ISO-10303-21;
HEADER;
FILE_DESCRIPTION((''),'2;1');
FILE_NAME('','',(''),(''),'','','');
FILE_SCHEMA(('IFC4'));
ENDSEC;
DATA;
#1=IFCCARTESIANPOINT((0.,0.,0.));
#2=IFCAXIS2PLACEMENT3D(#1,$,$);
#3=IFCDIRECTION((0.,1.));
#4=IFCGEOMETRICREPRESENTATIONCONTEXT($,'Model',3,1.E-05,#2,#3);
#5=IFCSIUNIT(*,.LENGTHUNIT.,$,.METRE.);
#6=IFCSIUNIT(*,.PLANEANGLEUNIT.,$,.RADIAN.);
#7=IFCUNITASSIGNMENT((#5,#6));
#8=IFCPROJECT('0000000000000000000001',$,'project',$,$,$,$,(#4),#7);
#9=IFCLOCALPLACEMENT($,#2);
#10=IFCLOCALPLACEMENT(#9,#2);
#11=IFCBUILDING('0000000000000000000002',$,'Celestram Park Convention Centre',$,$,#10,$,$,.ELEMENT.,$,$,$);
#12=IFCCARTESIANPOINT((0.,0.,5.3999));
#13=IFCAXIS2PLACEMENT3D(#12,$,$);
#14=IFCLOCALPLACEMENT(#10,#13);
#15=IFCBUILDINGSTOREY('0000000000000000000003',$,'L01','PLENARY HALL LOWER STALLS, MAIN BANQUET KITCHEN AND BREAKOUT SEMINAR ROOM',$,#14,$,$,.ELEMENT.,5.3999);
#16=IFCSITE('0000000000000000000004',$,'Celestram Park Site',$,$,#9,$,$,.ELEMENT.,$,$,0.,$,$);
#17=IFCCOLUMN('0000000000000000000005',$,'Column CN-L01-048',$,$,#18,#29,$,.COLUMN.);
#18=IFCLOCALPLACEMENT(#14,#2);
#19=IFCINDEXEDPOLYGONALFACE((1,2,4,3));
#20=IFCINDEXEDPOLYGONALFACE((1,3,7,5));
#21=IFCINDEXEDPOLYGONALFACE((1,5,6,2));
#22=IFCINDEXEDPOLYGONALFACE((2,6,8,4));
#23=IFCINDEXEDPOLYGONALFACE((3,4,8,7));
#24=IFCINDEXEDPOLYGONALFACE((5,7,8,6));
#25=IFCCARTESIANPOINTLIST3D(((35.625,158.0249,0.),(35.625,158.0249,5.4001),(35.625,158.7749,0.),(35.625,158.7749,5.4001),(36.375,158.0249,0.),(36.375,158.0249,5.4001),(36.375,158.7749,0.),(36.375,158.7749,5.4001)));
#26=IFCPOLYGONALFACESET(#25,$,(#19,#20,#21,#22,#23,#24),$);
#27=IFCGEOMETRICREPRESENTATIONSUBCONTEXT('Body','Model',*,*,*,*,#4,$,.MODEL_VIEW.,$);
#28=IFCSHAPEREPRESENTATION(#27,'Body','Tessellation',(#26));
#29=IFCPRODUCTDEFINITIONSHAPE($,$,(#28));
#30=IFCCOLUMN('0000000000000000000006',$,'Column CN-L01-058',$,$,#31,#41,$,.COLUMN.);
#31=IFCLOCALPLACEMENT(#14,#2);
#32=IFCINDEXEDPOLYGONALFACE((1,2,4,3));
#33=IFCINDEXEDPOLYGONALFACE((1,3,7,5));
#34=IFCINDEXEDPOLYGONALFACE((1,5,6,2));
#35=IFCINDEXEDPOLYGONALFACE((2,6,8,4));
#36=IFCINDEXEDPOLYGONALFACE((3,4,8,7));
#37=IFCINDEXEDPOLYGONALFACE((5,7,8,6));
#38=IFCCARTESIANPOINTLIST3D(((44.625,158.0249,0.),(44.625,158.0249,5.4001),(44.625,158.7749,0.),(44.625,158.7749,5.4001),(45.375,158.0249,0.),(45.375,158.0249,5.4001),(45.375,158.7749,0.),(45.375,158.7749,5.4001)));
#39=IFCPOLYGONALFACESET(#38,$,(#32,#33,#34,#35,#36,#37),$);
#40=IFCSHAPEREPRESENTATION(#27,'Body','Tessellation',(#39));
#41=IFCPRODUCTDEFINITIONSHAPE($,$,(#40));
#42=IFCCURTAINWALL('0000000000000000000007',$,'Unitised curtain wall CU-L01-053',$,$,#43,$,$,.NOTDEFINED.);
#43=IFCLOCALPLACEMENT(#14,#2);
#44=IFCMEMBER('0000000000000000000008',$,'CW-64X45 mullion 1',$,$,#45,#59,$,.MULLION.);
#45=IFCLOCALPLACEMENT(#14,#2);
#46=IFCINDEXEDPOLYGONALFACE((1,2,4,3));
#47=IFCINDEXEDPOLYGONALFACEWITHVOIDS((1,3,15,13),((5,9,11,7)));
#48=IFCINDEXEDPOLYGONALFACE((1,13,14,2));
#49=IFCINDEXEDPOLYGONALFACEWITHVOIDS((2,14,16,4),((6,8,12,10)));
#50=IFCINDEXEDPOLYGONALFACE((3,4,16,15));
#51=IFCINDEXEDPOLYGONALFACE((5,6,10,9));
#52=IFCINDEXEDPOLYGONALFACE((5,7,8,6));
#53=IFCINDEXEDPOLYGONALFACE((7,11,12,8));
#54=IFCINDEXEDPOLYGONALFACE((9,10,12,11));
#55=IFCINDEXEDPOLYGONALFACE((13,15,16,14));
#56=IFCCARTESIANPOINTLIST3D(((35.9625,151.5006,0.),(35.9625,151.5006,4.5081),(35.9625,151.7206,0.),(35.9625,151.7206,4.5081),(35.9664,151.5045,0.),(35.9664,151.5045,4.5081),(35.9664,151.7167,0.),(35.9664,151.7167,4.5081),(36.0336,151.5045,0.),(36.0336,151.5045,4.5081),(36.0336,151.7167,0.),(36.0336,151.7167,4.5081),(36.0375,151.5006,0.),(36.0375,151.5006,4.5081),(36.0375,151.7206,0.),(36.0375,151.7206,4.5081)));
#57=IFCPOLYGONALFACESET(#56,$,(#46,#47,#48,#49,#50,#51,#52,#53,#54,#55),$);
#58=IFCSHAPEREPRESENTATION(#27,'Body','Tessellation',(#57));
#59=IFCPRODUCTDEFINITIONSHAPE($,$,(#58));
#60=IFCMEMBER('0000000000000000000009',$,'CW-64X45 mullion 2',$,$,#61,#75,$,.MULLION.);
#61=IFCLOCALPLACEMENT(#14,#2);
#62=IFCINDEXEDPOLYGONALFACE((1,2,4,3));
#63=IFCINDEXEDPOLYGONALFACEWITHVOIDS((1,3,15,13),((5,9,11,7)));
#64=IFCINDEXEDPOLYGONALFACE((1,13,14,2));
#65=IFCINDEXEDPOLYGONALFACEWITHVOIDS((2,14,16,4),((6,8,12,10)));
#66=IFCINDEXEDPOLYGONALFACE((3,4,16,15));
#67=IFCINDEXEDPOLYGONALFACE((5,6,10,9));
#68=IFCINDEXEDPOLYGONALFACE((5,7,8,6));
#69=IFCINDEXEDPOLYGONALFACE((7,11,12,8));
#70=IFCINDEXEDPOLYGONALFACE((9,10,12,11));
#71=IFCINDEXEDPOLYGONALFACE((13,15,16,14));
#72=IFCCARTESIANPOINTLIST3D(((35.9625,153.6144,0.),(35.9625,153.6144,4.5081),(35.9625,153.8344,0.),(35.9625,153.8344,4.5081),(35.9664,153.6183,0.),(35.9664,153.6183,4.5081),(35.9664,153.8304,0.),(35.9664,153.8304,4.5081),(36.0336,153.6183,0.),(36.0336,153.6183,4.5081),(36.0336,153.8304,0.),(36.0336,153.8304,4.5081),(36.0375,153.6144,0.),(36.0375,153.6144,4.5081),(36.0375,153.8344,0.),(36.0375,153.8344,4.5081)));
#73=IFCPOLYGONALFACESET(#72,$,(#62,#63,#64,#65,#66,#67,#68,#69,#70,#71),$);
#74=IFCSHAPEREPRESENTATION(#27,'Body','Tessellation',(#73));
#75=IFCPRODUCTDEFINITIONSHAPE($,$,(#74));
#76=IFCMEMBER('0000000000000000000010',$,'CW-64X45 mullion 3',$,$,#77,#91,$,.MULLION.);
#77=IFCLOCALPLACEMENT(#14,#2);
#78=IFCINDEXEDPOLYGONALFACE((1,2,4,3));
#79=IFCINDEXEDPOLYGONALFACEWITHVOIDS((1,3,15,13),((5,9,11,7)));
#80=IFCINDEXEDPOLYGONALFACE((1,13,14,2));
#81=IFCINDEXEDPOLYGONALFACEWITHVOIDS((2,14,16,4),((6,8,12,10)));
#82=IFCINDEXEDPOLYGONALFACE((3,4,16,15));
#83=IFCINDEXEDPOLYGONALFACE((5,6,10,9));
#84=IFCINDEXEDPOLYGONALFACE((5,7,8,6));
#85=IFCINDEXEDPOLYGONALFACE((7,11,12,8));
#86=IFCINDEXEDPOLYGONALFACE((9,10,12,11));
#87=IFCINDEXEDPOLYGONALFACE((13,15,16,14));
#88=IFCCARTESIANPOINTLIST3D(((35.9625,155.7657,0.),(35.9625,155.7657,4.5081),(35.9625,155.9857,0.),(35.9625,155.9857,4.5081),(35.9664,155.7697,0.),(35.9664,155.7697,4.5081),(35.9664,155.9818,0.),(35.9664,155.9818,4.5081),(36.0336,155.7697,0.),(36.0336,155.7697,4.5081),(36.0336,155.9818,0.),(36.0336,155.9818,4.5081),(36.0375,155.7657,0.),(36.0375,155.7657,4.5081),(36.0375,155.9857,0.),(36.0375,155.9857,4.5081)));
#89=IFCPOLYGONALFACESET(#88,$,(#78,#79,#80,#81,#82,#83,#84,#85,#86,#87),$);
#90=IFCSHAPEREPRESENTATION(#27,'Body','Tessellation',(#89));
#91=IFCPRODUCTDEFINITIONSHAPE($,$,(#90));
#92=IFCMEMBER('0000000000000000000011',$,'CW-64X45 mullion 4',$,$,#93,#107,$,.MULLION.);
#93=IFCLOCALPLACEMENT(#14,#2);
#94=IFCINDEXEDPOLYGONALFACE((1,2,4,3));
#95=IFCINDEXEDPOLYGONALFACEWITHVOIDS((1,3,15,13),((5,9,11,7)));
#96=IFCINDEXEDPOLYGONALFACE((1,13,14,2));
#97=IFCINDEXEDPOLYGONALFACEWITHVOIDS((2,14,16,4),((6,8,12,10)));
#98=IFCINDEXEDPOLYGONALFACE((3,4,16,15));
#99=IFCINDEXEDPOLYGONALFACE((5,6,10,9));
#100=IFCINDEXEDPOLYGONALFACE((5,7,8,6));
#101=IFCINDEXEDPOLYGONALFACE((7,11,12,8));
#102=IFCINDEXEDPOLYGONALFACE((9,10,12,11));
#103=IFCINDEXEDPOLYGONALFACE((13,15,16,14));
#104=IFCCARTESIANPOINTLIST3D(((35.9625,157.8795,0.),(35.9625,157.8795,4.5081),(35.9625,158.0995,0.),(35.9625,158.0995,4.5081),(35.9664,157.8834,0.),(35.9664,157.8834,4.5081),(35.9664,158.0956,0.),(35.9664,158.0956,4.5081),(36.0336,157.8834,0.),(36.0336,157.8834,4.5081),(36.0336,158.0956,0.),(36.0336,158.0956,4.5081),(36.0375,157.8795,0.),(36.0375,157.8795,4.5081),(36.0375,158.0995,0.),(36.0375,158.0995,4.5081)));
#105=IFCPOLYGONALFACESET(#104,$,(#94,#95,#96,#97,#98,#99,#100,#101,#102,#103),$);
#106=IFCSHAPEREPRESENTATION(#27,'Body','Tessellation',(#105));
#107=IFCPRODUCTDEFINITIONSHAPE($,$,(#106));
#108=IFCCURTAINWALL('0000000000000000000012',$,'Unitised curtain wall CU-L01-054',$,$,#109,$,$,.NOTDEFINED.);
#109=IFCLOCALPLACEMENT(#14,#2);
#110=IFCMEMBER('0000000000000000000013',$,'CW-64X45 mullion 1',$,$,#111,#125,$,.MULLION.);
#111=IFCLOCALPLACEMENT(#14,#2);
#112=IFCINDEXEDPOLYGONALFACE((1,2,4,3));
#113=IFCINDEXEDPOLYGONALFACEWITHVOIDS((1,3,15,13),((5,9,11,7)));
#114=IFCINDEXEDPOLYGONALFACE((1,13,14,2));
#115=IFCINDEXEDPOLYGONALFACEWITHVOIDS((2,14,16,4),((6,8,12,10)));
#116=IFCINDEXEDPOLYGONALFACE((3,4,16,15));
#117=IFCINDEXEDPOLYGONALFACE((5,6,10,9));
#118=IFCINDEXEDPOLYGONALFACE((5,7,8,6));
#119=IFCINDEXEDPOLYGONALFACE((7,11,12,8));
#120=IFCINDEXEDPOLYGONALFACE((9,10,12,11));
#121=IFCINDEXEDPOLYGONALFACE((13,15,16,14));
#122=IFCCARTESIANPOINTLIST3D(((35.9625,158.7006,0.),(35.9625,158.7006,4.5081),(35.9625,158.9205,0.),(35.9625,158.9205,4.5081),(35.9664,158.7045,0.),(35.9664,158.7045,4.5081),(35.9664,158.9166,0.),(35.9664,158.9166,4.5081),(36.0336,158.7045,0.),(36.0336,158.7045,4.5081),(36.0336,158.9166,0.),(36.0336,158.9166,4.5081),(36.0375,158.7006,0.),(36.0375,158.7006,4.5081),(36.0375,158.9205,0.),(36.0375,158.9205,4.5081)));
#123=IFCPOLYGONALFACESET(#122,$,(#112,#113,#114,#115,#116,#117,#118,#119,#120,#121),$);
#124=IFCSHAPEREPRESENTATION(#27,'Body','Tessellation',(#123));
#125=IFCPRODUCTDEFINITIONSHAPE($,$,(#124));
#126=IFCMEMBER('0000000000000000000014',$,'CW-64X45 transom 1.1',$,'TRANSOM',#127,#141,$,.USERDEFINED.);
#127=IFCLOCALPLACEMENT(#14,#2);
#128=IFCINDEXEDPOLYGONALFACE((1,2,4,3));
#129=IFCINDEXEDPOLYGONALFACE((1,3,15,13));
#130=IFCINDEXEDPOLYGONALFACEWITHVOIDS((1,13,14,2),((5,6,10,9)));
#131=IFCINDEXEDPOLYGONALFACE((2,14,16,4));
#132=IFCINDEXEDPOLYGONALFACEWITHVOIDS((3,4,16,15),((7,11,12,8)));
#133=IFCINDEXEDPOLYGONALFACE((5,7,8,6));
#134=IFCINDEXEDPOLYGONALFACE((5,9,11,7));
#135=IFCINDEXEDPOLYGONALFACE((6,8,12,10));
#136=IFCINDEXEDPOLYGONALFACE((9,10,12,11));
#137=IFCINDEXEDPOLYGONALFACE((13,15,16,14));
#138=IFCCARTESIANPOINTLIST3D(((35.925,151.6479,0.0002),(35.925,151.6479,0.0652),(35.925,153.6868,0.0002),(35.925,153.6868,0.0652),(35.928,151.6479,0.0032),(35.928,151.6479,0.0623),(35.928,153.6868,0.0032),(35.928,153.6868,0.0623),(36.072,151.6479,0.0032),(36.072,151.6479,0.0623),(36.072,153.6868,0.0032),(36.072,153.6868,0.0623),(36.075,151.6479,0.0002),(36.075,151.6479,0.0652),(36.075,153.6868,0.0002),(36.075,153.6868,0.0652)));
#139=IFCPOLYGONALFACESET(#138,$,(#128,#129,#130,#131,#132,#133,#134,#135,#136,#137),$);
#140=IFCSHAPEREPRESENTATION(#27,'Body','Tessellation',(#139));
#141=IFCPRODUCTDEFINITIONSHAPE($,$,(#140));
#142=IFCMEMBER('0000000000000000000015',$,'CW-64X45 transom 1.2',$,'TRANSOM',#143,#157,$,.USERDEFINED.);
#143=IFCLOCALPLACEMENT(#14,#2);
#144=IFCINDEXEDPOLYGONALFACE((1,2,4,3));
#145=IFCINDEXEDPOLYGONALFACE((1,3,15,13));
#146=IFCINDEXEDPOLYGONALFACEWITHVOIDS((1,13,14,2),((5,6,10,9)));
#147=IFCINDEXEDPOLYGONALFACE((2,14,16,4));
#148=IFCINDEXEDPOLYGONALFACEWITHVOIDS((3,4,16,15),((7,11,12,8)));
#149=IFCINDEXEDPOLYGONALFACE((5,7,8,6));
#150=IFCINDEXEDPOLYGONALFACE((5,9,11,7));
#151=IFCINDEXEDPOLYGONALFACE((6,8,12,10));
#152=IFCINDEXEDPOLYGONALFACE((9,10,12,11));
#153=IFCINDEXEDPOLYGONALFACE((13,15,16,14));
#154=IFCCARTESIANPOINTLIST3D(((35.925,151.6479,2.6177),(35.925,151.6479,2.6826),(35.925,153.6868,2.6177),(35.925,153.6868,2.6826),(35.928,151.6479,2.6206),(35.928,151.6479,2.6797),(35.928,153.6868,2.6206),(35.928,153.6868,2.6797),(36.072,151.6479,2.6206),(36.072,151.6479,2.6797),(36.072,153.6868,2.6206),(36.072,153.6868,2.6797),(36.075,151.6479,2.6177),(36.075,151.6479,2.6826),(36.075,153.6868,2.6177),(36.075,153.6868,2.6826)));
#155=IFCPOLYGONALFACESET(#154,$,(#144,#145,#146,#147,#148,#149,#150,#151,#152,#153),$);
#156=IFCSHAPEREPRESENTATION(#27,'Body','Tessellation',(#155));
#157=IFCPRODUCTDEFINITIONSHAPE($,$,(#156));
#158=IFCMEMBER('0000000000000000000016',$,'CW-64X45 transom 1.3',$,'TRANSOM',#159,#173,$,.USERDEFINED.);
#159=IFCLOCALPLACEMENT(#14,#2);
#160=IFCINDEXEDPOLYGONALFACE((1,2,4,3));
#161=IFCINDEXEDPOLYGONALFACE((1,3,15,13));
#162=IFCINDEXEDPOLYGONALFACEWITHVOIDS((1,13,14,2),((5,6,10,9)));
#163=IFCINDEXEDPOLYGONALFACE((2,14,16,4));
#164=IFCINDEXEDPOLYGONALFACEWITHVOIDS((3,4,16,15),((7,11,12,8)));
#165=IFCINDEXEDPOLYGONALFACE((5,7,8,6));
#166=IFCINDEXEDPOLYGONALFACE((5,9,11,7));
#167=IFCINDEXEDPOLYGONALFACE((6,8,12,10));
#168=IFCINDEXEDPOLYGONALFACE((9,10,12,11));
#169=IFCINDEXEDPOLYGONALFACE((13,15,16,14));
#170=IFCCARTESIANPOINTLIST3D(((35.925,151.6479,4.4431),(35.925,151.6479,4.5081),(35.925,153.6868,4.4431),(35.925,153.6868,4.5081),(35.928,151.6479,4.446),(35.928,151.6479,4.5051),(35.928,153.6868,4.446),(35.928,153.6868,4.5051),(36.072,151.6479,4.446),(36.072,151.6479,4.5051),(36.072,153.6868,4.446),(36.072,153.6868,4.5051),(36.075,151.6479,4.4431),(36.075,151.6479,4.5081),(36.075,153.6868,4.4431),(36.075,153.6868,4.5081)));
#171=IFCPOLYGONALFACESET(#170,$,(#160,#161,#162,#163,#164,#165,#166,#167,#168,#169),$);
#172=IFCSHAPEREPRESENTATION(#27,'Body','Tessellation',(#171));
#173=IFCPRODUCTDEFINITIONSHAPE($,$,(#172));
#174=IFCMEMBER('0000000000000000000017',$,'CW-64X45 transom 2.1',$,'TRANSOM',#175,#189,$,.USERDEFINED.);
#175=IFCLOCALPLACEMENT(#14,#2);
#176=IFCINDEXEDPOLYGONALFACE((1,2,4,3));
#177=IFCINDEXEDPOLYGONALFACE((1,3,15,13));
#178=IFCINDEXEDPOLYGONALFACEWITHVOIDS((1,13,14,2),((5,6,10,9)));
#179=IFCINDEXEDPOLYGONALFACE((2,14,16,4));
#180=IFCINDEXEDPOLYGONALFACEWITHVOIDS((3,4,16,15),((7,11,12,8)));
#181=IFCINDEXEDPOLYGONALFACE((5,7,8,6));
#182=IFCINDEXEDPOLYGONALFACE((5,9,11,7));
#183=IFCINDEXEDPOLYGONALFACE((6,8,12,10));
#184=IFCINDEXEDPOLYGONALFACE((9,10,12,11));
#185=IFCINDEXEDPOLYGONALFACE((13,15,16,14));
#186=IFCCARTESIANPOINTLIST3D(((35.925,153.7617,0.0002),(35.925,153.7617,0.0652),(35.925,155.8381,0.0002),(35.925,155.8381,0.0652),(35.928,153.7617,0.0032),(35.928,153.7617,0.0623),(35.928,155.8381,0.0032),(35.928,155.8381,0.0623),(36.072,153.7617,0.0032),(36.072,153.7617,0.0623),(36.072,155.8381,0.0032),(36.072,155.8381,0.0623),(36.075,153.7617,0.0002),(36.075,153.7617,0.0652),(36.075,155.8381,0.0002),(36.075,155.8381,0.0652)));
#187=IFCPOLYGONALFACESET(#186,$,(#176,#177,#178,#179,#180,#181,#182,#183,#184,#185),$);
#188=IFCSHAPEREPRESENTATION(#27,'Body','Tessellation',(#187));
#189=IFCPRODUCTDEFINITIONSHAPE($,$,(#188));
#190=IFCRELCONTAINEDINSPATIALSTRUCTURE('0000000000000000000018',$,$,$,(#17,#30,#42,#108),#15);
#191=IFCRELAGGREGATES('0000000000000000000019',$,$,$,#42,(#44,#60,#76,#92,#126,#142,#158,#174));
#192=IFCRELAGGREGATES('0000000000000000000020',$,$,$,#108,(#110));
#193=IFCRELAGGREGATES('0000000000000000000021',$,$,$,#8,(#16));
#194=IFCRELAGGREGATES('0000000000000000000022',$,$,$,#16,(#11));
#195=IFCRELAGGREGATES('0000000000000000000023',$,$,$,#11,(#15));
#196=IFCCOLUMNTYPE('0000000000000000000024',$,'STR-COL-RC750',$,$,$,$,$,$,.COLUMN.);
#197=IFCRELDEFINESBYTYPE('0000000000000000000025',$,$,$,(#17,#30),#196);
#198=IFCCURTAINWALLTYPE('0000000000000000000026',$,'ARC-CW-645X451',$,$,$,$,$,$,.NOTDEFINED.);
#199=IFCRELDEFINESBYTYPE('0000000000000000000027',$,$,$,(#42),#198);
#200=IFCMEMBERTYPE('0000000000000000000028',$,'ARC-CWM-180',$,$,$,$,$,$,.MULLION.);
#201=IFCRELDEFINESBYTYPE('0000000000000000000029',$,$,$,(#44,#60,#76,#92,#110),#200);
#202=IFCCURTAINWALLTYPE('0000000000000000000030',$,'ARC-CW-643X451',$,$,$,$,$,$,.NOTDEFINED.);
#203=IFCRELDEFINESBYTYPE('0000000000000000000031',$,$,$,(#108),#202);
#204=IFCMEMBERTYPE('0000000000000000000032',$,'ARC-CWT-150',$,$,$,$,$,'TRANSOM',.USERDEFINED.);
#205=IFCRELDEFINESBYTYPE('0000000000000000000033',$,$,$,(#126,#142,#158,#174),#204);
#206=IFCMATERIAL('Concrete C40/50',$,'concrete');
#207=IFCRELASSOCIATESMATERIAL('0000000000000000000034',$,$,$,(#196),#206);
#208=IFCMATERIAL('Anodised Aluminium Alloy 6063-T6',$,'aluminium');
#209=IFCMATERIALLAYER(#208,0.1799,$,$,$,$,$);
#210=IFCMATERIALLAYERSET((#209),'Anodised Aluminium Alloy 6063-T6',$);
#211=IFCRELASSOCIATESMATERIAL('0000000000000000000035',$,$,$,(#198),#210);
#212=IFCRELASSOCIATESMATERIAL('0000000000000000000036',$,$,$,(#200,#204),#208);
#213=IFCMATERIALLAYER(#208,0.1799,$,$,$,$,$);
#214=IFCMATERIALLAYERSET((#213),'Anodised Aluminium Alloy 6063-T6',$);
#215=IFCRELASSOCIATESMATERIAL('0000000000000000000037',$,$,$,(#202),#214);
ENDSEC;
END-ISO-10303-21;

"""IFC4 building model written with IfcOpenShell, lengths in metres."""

from ifc_helpers import new_model, si_unit, direction, frame, origin, origin_2d, place, context, subcontext, project, spatial, rectangle, hollow_rectangle, extrude, material, layer, layer_set, material_profile, profile_set, type_object, element, aggregate, save


model = new_model("IFC4")

# Units and contexts
model_context = context("Model", 3, precision=1e-05, world=origin(), true_north=direction((0.0, 1.0)))
body_context = subcontext(model_context, "Body", "Model", "MODEL_VIEW")
ifc_project = project(units=[si_unit("LENGTHUNIT", "METRE"), si_unit("PLANEANGLEUNIT", "RADIAN")], contexts=[model_context])

# Site, building, storey
site_placement = place(None, origin())
site = spatial("IfcSite", under=ifc_project, at=site_placement, Name="Celestram Park Site", CompositionType="ELEMENT", RefElevation=0.0)
building_placement = place(site_placement, origin())
building = spatial("IfcBuilding", under=site, at=building_placement, Name="Celestram Park Convention Centre", CompositionType="ELEMENT")
storey_placement = place(building_placement, frame((0.0, 0.0, 5.3999)))
storey = spatial("IfcBuildingStorey", under=building, at=storey_placement, Name="L01", Description="PLENARY HALL LOWER STALLS, MAIN BANQUET KITCHEN AND BREAKOUT SEMINAR ROOM", CompositionType="ELEMENT", Elevation=5.3999)

# Columns
ifc_material_1 = material(Name="Concrete C40/50", Category="concrete")
ifc_material_profile_1 = material_profile(ifc_material_1, rectangle(XDim=0.75, YDim=0.75, at=origin_2d()), Name="RC750X750")
ifc_profile_set_1 = profile_set([ifc_material_profile_1], Name="Concrete C40/50")
column_type = type_object("IfcColumnType", Name="STR-COL-RC750", PredefinedType="COLUMN", material=ifc_profile_set_1)
for number, where, z_axis, x_axis, name in (
    (1, (36.0, 158.3999, 0.0), (0.0, 0.0, 1.0), (1.0, 0.0, 0.0), "Column CN-L01-048"),
    (2, (45.0, 158.3999, 0.0), (0.0, 0.0, 1.0), (1.0, 0.0, 0.0), "Column CN-L01-058"),
):
    element("IfcColumn", number, at=place(storey_placement, frame(where, z_axis=z_axis, x_axis=x_axis)), inside=storey, type_object=column_type, Name=name, PredefinedType="COLUMN", context=body_context, shape_type="SweptSolid", body=[
        extrude(rectangle(XDim=0.75, YDim=0.75, at=origin_2d()), origin(), (0.0, 0.0, 1.0), 5.4001),
    ])

# Curtain wall, members
ifc_material_2 = material(Name="Anodised Aluminium Alloy 6063-T6", Category="aluminium")
ifc_layer_1 = layer(ifc_material_2, 0.1799)
ifc_layer_set_1 = layer_set([ifc_layer_1], Name="Anodised Aluminium Alloy 6063-T6")
curtain_wall_type_1 = type_object("IfcCurtainWallType", Name="ARC-CW-645X451", PredefinedType="NOTDEFINED", material=ifc_layer_set_1)
curtain_wall_1_placement = place(storey_placement, origin())
curtain_wall_1 = element("IfcCurtainWall", 3, at=curtain_wall_1_placement, inside=storey, type_object=curtain_wall_type_1, Name="Unitised curtain wall CU-L01-053", PredefinedType="NOTDEFINED")
ifc_material_profile_2 = material_profile(ifc_material_2, hollow_rectangle(XDim=0.075, YDim=0.22, WallThickness=0.0039, at=origin_2d()), Name="ALU75X220X4")
ifc_profile_set_2 = profile_set([ifc_material_profile_2], Name="Anodised Aluminium Alloy 6063-T6")
member_type_1 = type_object("IfcMemberType", Name="ARC-CWM-180", PredefinedType="MULLION", material=ifc_profile_set_2)
member_1_placement = place(storey_placement, frame((36.0, 151.6106, 0.0), z_axis=(0.0, 0.0, 1.0), x_axis=(-1.0, 0.0, 0.0)))
member_1 = element("IfcMember", 4, at=member_1_placement, type_object=member_type_1, Name="CW-64X45 mullion 1", PredefinedType="MULLION", context=body_context, shape_type="SweptSolid", body=[
    extrude(hollow_rectangle(XDim=0.075, YDim=0.22, WallThickness=0.0039, at=origin_2d()), origin(), (0.0, 0.0, 1.0), 4.5081),
])
member_2_placement = place(storey_placement, frame((36.0, 153.7244, 0.0), z_axis=(0.0, 0.0, 1.0), x_axis=(-1.0, 0.0, 0.0)))
member_2 = element("IfcMember", 5, at=member_2_placement, type_object=member_type_1, Name="CW-64X45 mullion 2", PredefinedType="MULLION", context=body_context, shape_type="SweptSolid", body=[
    extrude(hollow_rectangle(XDim=0.075, YDim=0.22, WallThickness=0.0039, at=origin_2d()), origin(), (0.0, 0.0, 1.0), 4.5081),
])
member_3_placement = place(storey_placement, frame((36.0, 155.8757, 0.0), z_axis=(0.0, 0.0, 1.0), x_axis=(-1.0, 0.0, 0.0)))
member_3 = element("IfcMember", 6, at=member_3_placement, type_object=member_type_1, Name="CW-64X45 mullion 3", PredefinedType="MULLION", context=body_context, shape_type="SweptSolid", body=[
    extrude(hollow_rectangle(XDim=0.075, YDim=0.22, WallThickness=0.0039, at=origin_2d()), origin(), (0.0, 0.0, 1.0), 4.5081),
])
member_4_placement = place(storey_placement, frame((36.0, 157.9895, 0.0), z_axis=(0.0, 0.0, 1.0), x_axis=(-1.0, 0.0, 0.0)))
member_4 = element("IfcMember", 7, at=member_4_placement, type_object=member_type_1, Name="CW-64X45 mullion 4", PredefinedType="MULLION", context=body_context, shape_type="SweptSolid", body=[
    extrude(hollow_rectangle(XDim=0.075, YDim=0.22, WallThickness=0.0039, at=origin_2d()), origin(), (0.0, 0.0, 1.0), 4.5081),
])

# Curtain wall, member
ifc_layer_2 = layer(ifc_material_2, 0.1799)
ifc_layer_set_2 = layer_set([ifc_layer_2], Name="Anodised Aluminium Alloy 6063-T6")
curtain_wall_type_2 = type_object("IfcCurtainWallType", Name="ARC-CW-643X451", PredefinedType="NOTDEFINED", material=ifc_layer_set_2)
curtain_wall_2_placement = place(storey_placement, origin())
curtain_wall_2 = element("IfcCurtainWall", 8, at=curtain_wall_2_placement, inside=storey, type_object=curtain_wall_type_2, Name="Unitised curtain wall CU-L01-054", PredefinedType="NOTDEFINED")
member_5_placement = place(storey_placement, frame((36.0, 158.8105, 0.0), z_axis=(0.0, 0.0, 1.0), x_axis=(-1.0, 0.0, 0.0)))
member_5 = element("IfcMember", 9, at=member_5_placement, type_object=member_type_1, Name="CW-64X45 mullion 1", PredefinedType="MULLION", context=body_context, shape_type="SweptSolid", body=[
    extrude(hollow_rectangle(XDim=0.075, YDim=0.22, WallThickness=0.0039, at=origin_2d()), origin(), (0.0, 0.0, 1.0), 4.5081),
])

# Members
ifc_material_profile_3 = material_profile(ifc_material_2, hollow_rectangle(XDim=0.1499, YDim=0.0649, WallThickness=0.0029, at=origin_2d()), Name="ALU150X65X3")
ifc_profile_set_3 = profile_set([ifc_material_profile_3], Name="Anodised Aluminium Alloy 6063-T6")
member_type_2 = type_object("IfcMemberType", Name="ARC-CWT-150", ElementType="TRANSOM", PredefinedType="USERDEFINED", material=ifc_profile_set_3)
member_6_placement = place(storey_placement, frame((36.0, 151.6479, 0.0327), z_axis=(0.0, 1.0, 0.0), x_axis=(-1.0, 0.0, 0.0)))
member_6 = element("IfcMember", 10, at=member_6_placement, type_object=member_type_2, Name="CW-64X45 transom 1.1", ObjectType="TRANSOM", PredefinedType="USERDEFINED", context=body_context, shape_type="SweptSolid", body=[
    extrude(hollow_rectangle(XDim=0.1499, YDim=0.0649, WallThickness=0.0029, at=origin_2d()), origin(), (0.0, 0.0, 1.0), 2.0388),
])
member_7_placement = place(storey_placement, frame((36.0, 151.6479, 2.6501), z_axis=(0.0, 1.0, 0.0), x_axis=(-1.0, 0.0, 0.0)))
member_7 = element("IfcMember", 11, at=member_7_placement, type_object=member_type_2, Name="CW-64X45 transom 1.2", ObjectType="TRANSOM", PredefinedType="USERDEFINED", context=body_context, shape_type="SweptSolid", body=[
    extrude(hollow_rectangle(XDim=0.1499, YDim=0.0649, WallThickness=0.0029, at=origin_2d()), origin(), (0.0, 0.0, 1.0), 2.0388),
])
member_8_placement = place(storey_placement, frame((36.0, 151.6479, 4.4756), z_axis=(0.0, 1.0, 0.0), x_axis=(-1.0, 0.0, 0.0)))
member_8 = element("IfcMember", 12, at=member_8_placement, type_object=member_type_2, Name="CW-64X45 transom 1.3", ObjectType="TRANSOM", PredefinedType="USERDEFINED", context=body_context, shape_type="SweptSolid", body=[
    extrude(hollow_rectangle(XDim=0.1499, YDim=0.0649, WallThickness=0.0029, at=origin_2d()), origin(), (0.0, 0.0, 1.0), 2.0388),
])
member_9_placement = place(storey_placement, frame((36.0, 153.7617, 0.0327), z_axis=(0.0, 1.0, 0.0), x_axis=(-1.0, 0.0, 0.0)))
member_9 = element("IfcMember", 13, at=member_9_placement, type_object=member_type_2, Name="CW-64X45 transom 2.1", ObjectType="TRANSOM", PredefinedType="USERDEFINED", context=body_context, shape_type="SweptSolid", body=[
    extrude(hollow_rectangle(XDim=0.1499, YDim=0.0649, WallThickness=0.0029, at=origin_2d()), origin(), (0.0, 0.0, 1.0), 2.0764),
])

aggregate(curtain_wall_1, [member_1, member_2, member_3, member_4, member_6, member_7, member_8, member_9])
aggregate(curtain_wall_2, [member_5])

save(model, "model.ifc")
